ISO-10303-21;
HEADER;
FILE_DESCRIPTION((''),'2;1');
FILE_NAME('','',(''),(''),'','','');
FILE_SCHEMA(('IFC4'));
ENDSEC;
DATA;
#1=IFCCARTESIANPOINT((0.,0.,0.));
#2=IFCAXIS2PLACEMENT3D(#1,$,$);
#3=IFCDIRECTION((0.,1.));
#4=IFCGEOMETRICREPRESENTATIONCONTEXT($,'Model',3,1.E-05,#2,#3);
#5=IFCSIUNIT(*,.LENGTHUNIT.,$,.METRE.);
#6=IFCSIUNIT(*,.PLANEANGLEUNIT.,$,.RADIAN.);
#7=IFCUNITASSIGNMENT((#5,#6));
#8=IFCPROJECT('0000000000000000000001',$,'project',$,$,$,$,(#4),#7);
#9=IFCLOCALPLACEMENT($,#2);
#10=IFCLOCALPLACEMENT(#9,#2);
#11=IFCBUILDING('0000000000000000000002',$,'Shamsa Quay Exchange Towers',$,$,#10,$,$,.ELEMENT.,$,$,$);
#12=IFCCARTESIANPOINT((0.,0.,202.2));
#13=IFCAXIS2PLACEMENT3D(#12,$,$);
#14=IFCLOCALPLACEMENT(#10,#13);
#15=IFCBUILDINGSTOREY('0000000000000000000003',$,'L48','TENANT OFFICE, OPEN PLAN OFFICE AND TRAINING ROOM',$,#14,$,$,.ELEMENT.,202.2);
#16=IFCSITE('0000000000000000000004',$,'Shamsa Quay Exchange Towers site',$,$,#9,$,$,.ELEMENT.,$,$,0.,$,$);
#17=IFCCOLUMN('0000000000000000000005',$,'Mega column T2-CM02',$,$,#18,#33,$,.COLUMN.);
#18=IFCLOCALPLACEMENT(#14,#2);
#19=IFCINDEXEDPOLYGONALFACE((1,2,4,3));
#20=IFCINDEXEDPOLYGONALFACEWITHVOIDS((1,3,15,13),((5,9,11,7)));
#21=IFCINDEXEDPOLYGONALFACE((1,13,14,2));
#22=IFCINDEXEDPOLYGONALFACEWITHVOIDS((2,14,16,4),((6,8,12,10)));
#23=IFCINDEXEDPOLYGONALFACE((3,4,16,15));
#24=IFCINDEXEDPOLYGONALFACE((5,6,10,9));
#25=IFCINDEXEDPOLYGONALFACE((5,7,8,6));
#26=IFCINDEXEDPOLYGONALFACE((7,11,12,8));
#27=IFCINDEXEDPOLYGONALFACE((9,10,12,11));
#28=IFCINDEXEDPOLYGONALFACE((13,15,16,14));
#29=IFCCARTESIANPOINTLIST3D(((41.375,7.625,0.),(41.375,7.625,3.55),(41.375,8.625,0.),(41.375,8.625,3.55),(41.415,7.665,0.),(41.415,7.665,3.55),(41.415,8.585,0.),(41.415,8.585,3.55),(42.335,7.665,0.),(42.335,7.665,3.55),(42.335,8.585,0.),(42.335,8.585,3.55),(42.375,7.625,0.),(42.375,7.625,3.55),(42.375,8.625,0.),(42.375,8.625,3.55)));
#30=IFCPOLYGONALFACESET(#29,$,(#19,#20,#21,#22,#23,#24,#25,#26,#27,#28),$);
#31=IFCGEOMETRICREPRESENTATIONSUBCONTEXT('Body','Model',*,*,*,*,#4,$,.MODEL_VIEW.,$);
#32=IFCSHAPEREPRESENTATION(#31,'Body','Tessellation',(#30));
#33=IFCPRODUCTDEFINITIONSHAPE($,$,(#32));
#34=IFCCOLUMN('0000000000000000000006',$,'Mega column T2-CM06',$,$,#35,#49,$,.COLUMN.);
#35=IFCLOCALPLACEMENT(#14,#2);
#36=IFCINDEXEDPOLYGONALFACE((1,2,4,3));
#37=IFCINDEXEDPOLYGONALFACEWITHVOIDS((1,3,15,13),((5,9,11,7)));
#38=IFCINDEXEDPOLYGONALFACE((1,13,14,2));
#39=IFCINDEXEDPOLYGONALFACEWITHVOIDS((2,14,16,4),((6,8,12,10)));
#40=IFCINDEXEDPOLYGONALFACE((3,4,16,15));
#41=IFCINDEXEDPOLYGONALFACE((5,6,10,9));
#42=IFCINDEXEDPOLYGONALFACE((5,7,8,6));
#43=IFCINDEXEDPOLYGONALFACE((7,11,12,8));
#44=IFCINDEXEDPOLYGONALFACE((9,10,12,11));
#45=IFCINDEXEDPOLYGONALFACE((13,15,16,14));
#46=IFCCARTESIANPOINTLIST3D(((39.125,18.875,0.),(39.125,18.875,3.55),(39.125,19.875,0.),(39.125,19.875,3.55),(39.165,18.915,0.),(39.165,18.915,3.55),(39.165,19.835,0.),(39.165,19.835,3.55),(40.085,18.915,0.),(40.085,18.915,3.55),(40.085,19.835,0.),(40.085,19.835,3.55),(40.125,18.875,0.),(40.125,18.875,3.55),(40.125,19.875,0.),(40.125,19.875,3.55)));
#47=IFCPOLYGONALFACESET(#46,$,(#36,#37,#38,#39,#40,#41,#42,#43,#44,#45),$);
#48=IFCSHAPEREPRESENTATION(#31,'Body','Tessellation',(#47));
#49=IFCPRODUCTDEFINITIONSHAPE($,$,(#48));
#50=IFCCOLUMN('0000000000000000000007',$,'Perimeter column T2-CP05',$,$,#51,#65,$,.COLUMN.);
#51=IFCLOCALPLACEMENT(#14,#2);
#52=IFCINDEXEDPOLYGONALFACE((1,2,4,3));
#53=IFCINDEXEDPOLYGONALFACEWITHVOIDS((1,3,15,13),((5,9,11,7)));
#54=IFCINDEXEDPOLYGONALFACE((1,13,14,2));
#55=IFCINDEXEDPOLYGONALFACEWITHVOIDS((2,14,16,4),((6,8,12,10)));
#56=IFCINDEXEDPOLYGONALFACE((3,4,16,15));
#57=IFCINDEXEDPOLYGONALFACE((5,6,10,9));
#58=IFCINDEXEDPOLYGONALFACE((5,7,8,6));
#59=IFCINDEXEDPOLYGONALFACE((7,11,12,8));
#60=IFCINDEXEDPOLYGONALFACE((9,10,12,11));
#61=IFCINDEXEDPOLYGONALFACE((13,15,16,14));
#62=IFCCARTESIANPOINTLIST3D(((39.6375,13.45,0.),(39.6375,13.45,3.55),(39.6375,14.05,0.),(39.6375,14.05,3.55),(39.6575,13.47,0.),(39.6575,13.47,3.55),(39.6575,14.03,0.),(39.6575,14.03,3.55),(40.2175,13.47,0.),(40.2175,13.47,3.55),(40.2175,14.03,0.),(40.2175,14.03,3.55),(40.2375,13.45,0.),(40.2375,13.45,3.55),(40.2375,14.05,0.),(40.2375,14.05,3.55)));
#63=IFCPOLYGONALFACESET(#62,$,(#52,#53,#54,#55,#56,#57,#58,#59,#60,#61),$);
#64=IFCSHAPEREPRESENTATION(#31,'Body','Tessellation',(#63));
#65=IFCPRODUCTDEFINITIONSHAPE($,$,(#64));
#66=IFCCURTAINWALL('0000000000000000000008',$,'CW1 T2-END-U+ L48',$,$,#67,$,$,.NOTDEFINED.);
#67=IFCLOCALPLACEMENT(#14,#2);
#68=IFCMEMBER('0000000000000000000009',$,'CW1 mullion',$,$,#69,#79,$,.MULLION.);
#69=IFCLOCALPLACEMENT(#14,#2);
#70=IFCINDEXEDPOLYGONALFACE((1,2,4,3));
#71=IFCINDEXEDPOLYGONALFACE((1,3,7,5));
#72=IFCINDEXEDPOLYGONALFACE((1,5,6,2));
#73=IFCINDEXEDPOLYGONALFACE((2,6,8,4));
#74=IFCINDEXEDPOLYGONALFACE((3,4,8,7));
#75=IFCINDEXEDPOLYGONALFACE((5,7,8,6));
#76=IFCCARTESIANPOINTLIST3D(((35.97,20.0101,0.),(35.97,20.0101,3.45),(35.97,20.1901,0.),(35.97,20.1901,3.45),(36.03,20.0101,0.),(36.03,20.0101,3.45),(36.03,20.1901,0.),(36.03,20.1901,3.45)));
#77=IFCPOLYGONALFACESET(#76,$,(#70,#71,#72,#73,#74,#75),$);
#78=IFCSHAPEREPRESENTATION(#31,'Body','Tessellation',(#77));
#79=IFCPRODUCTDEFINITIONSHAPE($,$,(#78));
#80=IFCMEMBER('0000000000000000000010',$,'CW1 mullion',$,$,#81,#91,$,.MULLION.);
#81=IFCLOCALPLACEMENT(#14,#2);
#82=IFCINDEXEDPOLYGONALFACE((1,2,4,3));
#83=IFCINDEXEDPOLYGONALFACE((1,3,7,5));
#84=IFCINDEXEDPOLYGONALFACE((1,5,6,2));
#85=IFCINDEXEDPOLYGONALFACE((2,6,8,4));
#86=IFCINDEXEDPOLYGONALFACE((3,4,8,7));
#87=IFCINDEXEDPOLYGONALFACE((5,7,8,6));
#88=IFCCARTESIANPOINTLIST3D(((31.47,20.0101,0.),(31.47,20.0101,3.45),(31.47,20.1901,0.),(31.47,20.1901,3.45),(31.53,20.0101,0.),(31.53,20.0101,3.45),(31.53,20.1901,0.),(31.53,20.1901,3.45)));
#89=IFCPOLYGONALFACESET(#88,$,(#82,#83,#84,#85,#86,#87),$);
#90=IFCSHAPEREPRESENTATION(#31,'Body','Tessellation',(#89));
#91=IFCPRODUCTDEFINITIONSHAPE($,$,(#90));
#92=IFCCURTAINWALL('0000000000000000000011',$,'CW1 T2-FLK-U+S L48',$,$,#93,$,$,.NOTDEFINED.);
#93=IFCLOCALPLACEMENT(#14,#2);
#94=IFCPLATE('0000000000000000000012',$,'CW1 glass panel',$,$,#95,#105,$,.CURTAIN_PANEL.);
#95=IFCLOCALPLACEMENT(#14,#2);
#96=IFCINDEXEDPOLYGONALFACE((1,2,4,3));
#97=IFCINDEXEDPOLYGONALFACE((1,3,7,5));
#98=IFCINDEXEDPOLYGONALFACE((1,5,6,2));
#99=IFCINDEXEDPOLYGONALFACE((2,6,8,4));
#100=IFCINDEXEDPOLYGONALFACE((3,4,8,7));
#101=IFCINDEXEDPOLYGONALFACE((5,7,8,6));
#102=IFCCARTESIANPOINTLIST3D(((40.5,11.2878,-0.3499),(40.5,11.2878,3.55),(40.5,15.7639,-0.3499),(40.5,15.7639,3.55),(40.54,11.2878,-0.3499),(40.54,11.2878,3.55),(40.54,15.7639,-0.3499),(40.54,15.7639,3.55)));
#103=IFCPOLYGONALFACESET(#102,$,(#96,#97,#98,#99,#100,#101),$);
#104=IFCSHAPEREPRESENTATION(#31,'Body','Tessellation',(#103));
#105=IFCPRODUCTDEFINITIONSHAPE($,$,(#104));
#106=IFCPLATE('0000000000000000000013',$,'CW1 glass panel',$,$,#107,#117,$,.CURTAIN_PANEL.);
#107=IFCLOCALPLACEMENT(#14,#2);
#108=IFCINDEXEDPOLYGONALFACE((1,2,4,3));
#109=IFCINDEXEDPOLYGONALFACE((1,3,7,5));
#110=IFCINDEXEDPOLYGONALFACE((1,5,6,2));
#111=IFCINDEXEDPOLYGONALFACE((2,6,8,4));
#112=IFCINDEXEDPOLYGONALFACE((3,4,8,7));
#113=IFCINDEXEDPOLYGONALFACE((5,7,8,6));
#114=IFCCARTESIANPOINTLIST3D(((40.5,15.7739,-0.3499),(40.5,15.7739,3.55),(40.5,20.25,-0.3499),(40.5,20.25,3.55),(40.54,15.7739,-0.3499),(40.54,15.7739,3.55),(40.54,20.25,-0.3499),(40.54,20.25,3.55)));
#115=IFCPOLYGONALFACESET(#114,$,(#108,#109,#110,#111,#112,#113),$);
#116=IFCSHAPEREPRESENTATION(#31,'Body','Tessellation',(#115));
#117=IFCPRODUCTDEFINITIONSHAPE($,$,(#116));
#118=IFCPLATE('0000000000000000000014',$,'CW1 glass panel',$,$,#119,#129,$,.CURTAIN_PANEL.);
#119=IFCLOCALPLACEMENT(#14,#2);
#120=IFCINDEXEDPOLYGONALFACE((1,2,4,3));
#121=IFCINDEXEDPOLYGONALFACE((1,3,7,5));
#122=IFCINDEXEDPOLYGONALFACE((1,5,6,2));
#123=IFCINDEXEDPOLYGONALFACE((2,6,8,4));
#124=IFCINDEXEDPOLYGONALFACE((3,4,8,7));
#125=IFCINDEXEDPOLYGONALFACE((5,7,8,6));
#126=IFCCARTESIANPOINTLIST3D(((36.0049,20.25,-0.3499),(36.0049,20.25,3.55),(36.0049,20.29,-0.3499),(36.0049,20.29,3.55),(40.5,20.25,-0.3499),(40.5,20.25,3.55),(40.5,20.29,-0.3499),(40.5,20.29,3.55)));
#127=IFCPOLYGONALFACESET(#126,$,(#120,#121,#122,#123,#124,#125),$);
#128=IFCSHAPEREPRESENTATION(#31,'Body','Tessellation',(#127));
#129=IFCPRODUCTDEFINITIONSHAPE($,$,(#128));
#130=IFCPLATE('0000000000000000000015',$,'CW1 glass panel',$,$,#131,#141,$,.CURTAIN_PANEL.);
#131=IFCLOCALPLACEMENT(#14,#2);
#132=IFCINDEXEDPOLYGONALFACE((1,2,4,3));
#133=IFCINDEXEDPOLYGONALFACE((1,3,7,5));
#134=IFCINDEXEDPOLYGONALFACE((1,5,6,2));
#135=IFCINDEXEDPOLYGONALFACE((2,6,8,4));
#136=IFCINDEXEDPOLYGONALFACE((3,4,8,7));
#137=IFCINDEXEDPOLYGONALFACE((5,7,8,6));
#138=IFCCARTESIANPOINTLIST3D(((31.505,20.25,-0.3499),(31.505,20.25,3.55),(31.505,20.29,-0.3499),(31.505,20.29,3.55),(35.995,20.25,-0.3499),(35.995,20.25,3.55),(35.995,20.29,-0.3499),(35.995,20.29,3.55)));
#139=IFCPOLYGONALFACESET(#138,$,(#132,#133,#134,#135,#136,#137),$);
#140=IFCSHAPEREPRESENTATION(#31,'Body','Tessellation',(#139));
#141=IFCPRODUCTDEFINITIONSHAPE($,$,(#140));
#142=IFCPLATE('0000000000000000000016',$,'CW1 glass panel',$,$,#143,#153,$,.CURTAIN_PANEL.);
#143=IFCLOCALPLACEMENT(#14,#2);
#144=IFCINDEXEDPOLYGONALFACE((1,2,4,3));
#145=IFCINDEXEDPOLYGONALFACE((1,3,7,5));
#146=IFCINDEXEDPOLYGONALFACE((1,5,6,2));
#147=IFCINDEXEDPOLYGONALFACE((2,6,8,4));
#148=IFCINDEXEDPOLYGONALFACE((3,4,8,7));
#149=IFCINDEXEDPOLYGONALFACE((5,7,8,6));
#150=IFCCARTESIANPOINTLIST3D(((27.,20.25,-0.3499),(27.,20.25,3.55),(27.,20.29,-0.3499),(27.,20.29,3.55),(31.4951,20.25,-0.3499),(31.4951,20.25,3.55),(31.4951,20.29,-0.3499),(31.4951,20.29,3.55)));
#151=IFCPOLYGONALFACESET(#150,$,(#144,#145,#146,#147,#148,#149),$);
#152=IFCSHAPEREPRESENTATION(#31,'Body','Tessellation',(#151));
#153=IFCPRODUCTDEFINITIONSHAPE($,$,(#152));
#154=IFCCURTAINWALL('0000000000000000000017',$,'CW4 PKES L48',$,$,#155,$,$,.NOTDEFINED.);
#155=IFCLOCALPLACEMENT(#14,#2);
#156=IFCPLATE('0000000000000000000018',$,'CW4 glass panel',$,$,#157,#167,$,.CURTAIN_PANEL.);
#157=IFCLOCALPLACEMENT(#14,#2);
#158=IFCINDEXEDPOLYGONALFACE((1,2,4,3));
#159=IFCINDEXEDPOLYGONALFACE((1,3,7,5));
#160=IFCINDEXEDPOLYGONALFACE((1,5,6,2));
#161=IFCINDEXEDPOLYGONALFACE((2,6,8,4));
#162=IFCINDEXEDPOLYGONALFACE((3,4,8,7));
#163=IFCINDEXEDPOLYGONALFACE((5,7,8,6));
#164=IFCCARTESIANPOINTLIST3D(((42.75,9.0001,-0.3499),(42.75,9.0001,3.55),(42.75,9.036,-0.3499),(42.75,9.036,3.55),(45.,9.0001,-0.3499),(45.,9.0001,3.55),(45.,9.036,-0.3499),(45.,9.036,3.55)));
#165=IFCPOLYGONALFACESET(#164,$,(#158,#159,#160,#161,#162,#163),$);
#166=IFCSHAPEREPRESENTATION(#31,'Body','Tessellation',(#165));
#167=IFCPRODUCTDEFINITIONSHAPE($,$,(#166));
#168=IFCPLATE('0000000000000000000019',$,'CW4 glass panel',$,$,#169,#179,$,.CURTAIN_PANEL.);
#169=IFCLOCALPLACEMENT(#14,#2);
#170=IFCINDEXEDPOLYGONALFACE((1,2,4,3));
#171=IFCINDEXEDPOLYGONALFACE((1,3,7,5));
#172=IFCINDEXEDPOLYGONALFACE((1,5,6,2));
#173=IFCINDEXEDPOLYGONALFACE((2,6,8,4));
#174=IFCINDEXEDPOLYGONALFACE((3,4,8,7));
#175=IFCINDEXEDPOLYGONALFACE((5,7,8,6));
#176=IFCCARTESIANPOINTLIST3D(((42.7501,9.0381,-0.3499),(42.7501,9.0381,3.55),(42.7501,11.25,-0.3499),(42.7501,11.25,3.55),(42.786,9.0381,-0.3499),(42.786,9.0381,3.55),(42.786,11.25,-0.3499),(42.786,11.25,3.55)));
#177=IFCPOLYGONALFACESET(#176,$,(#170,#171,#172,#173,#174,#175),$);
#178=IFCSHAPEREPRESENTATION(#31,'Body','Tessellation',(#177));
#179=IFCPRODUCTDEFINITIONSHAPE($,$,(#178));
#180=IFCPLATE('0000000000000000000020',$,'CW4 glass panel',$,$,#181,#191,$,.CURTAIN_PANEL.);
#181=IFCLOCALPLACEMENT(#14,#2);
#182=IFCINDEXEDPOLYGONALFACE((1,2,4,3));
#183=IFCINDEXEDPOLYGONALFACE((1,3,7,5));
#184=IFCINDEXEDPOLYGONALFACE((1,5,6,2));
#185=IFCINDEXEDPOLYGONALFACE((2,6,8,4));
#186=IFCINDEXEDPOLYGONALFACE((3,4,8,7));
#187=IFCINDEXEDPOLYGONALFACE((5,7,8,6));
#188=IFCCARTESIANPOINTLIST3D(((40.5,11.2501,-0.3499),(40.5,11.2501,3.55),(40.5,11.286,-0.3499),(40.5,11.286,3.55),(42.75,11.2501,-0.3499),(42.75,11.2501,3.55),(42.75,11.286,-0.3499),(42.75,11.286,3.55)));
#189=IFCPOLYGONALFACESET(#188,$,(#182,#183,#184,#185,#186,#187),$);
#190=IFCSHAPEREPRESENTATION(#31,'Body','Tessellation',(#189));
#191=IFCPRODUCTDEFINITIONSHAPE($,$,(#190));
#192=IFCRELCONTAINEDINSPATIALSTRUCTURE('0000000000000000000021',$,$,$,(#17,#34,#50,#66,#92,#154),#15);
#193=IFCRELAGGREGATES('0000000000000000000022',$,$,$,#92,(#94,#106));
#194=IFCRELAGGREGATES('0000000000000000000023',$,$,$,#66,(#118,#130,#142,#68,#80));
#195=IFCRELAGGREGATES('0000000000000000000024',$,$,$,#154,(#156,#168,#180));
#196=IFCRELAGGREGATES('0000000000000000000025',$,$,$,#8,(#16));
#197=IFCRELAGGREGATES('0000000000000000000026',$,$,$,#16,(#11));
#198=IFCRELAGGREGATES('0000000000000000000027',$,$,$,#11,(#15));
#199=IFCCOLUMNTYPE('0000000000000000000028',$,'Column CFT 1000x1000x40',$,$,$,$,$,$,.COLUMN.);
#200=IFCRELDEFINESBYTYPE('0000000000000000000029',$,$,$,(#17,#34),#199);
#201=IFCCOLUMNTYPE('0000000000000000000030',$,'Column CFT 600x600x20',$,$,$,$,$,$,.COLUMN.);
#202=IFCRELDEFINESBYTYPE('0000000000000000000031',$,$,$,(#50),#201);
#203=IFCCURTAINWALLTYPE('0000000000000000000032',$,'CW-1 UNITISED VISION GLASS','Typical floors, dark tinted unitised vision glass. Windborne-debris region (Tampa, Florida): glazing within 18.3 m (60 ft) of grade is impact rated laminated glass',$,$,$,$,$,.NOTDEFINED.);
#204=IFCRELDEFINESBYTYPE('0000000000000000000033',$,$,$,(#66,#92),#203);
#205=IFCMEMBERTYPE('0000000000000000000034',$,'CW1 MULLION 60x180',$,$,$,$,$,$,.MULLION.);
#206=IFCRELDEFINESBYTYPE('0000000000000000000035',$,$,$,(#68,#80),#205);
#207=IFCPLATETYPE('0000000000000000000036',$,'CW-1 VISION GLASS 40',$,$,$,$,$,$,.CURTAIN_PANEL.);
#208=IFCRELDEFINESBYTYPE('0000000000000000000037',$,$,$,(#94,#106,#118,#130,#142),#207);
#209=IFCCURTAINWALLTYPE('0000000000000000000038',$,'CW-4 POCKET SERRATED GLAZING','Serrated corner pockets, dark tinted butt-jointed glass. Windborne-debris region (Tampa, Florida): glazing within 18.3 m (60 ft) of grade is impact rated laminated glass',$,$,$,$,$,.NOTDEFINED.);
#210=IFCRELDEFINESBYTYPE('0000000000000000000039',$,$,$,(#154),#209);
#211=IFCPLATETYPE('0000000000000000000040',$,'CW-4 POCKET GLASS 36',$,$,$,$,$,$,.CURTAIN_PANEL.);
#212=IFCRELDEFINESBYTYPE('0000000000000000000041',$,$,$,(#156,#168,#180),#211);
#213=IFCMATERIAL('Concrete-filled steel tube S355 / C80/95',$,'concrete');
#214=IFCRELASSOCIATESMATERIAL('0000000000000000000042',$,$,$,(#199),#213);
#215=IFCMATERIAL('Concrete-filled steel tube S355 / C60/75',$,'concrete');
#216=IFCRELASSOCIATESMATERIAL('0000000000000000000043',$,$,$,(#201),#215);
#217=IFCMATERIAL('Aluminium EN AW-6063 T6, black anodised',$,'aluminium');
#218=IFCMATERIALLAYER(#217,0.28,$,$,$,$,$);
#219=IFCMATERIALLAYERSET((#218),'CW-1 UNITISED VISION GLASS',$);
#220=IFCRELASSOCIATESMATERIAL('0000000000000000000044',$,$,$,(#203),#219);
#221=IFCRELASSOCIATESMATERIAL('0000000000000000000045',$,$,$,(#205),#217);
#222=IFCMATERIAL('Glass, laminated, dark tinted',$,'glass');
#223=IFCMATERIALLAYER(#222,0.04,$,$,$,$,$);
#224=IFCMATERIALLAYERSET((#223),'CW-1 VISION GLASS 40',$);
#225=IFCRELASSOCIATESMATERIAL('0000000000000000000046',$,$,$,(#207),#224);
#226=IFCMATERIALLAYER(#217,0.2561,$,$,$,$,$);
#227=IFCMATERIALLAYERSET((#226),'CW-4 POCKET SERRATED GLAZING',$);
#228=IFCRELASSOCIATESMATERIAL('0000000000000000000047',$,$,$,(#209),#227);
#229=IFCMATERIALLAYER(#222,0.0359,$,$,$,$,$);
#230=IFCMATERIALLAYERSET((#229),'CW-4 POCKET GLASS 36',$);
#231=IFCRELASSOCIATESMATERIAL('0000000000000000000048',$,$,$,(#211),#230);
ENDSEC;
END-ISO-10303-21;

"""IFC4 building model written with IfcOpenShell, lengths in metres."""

from ifc_helpers import new_model, si_unit, direction, frame, origin, origin_2d, place, context, subcontext, project, spatial, rectangle, hollow_rectangle, extrude, material, layer, layer_set, material_profile, profile_set, type_object, element, aggregate, save


model = new_model("IFC4")

# Units and contexts
model_context = context("Model", 3, precision=1e-05, world=origin(), true_north=direction((0.0, 1.0)))
body_context = subcontext(model_context, "Body", "Model", "MODEL_VIEW")
ifc_project = project(units=[si_unit("LENGTHUNIT", "METRE"), si_unit("PLANEANGLEUNIT", "RADIAN")], contexts=[model_context])

# Site, building, storey
site_placement = place(None, origin())
site = spatial("IfcSite", under=ifc_project, at=site_placement, Name="Shamsa Quay Exchange Towers site", CompositionType="ELEMENT", RefElevation=0.0)
building_placement = place(site_placement, origin())
building = spatial("IfcBuilding", under=site, at=building_placement, Name="Shamsa Quay Exchange Towers", CompositionType="ELEMENT")
storey_placement = place(building_placement, frame((0.0, 0.0, 202.2)))
storey = spatial("IfcBuildingStorey", under=building, at=storey_placement, Name="L48", Description="TENANT OFFICE, OPEN PLAN OFFICE AND TRAINING ROOM", CompositionType="ELEMENT", Elevation=202.2)

# Columns
ifc_material_1 = material(Name="Concrete-filled steel tube S355 / C80/95", Category="concrete")
ifc_material_profile_1 = material_profile(ifc_material_1, hollow_rectangle(XDim=1.0, YDim=1.0, WallThickness=0.04, at=origin_2d()), Name="CFT 1000x1000x40")
ifc_profile_set_1 = profile_set([ifc_material_profile_1], Name="Concrete-filled steel tube S355 / C80/95")
column_type_1 = type_object("IfcColumnType", Name="Column CFT 1000x1000x40", PredefinedType="COLUMN", material=ifc_profile_set_1)
for number, where, name in (
    (1, (41.875, 8.125, 0.0), "Mega column T2-CM02"),
    (2, (39.625, 19.375, 0.0), "Mega column T2-CM06"),
):
    element("IfcColumn", number, at=place(storey_placement, frame(where)), inside=storey, type_object=column_type_1, Name=name, PredefinedType="COLUMN", context=body_context, shape_type="SweptSolid", body=[
        extrude(hollow_rectangle(XDim=1.0, YDim=1.0, WallThickness=0.04, at=origin_2d()), origin(), (0.0, 0.0, 1.0), 3.55),
    ])
ifc_material_2 = material(Name="Concrete-filled steel tube S355 / C60/75", Category="concrete")
ifc_material_profile_2 = material_profile(ifc_material_2, hollow_rectangle(XDim=0.6001, YDim=0.6001, WallThickness=0.02, at=origin_2d()), Name="CFT 600x600x20")
ifc_profile_set_2 = profile_set([ifc_material_profile_2], Name="Concrete-filled steel tube S355 / C60/75")
column_type_2 = type_object("IfcColumnType", Name="Column CFT 600x600x20", PredefinedType="COLUMN", material=ifc_profile_set_2)
column_placement = place(storey_placement, frame((39.9375, 13.75, 0.0)))
element("IfcColumn", 3, at=column_placement, inside=storey, type_object=column_type_2, Name="Perimeter column T2-CP05", PredefinedType="COLUMN", context=body_context, shape_type="SweptSolid", body=[
    extrude(hollow_rectangle(XDim=0.6001, YDim=0.6001, WallThickness=0.02, at=origin_2d()), origin(), (0.0, 0.0, 1.0), 3.55),
])

# Curtain wall, members
ifc_material_3 = material(Name="Aluminium EN AW-6063 T6, black anodised", Category="aluminium")
ifc_layer_1 = layer(ifc_material_3, 0.28)
ifc_layer_set_1 = layer_set([ifc_layer_1], Name="CW-1 UNITISED VISION GLASS")
curtain_wall_type_1 = type_object("IfcCurtainWallType", Name="CW-1 UNITISED VISION GLASS", Description="Typical floors, dark tinted unitised vision glass. Windborne-debris region (Tampa, Florida): glazing within 18.3 m (60 ft) of grade is impact rated laminated glass", PredefinedType="NOTDEFINED", material=ifc_layer_set_1)
curtain_wall_1_placement = place(storey_placement, origin())
curtain_wall_1 = element("IfcCurtainWall", 4, at=curtain_wall_1_placement, inside=storey, type_object=curtain_wall_type_1, Name="CW1 T2-END-U+ L48", PredefinedType="NOTDEFINED")
ifc_material_profile_3 = material_profile(ifc_material_3, rectangle(XDim=0.1799, YDim=0.0601, at=origin_2d()), Name="MU60x180")
ifc_profile_set_3 = profile_set([ifc_material_profile_3], Name="Aluminium EN AW-6063 T6, black anodised")
member_type = type_object("IfcMemberType", Name="CW1 MULLION 60x180", PredefinedType="MULLION", material=ifc_profile_set_3)
member_1_placement = place(storey_placement, frame((36.0, 20.1001, 0.0), z_axis=(0.0, 0.0, 1.0), x_axis=(0.0, -1.0, 0.0)))
member_1 = element("IfcMember", 5, at=member_1_placement, type_object=member_type, Name="CW1 mullion", PredefinedType="MULLION", context=body_context, shape_type="SweptSolid", body=[
    extrude(rectangle(XDim=0.1799, YDim=0.0601, at=origin_2d()), origin(), (0.0, 0.0, 1.0), 3.45),
])
member_2_placement = place(storey_placement, frame((31.5, 20.1001, 0.0), z_axis=(0.0, 0.0, 1.0), x_axis=(0.0, -1.0, 0.0)))
member_2 = element("IfcMember", 6, at=member_2_placement, type_object=member_type, Name="CW1 mullion", PredefinedType="MULLION", context=body_context, shape_type="SweptSolid", body=[
    extrude(rectangle(XDim=0.1799, YDim=0.0601, at=origin_2d()), origin(), (0.0, 0.0, 1.0), 3.45),
])

# Curtain wall, plates
curtain_wall_2_placement = place(storey_placement, origin())
curtain_wall_2 = element("IfcCurtainWall", 7, at=curtain_wall_2_placement, inside=storey, type_object=curtain_wall_type_1, Name="CW1 T2-FLK-U+S L48", PredefinedType="NOTDEFINED")
ifc_material_4 = material(Name="Glass, laminated, dark tinted", Category="glass")
ifc_layer_2 = layer(ifc_material_4, 0.04)
ifc_layer_set_2 = layer_set([ifc_layer_2], Name="CW-1 VISION GLASS 40")
plate_type_1 = type_object("IfcPlateType", Name="CW-1 VISION GLASS 40", PredefinedType="CURTAIN_PANEL", material=ifc_layer_set_2)
plate_1_placement = place(storey_placement, frame((40.52, 13.5259, -0.3499), z_axis=(0.0, 0.0, 1.0), x_axis=(0.0, 1.0, 0.0)))
plate_1 = element("IfcPlate", 8, at=plate_1_placement, type_object=plate_type_1, Name="CW1 glass panel", PredefinedType="CURTAIN_PANEL", context=body_context, shape_type="SweptSolid", body=[
    extrude(rectangle(XDim=4.4761, YDim=0.04, at=origin_2d()), origin(), (0.0, 0.0, 1.0), 3.8999),
])
plate_2_placement = place(storey_placement, frame((40.52, 18.012, -0.3499), z_axis=(0.0, 0.0, 1.0), x_axis=(0.0, 1.0, 0.0)))
plate_2 = element("IfcPlate", 9, at=plate_2_placement, type_object=plate_type_1, Name="CW1 glass panel", PredefinedType="CURTAIN_PANEL", context=body_context, shape_type="SweptSolid", body=[
    extrude(rectangle(XDim=4.4761, YDim=0.04, at=origin_2d()), origin(), (0.0, 0.0, 1.0), 3.8999),
])
aggregate(curtain_wall_2, [plate_1, plate_2])

# Plates
plate_3_placement = place(storey_placement, frame((38.2524, 20.27, -0.3499), z_axis=(0.0, 0.0, 1.0), x_axis=(-1.0, 0.0, 0.0)))
plate_3 = element("IfcPlate", 10, at=plate_3_placement, type_object=plate_type_1, Name="CW1 glass panel", PredefinedType="CURTAIN_PANEL", context=body_context, shape_type="SweptSolid", body=[
    extrude(rectangle(XDim=4.4951, YDim=0.04, at=origin_2d()), origin(), (0.0, 0.0, 1.0), 3.8999),
])
plate_4_placement = place(storey_placement, frame((33.75, 20.27, -0.3499), z_axis=(0.0, 0.0, 1.0), x_axis=(-1.0, 0.0, 0.0)))
plate_4 = element("IfcPlate", 11, at=plate_4_placement, type_object=plate_type_1, Name="CW1 glass panel", PredefinedType="CURTAIN_PANEL", context=body_context, shape_type="SweptSolid", body=[
    extrude(rectangle(XDim=4.49, YDim=0.04, at=origin_2d()), origin(), (0.0, 0.0, 1.0), 3.8999),
])
plate_5_placement = place(storey_placement, frame((29.2476, 20.27, -0.3499), z_axis=(0.0, 0.0, 1.0), x_axis=(-1.0, 0.0, 0.0)))
plate_5 = element("IfcPlate", 12, at=plate_5_placement, type_object=plate_type_1, Name="CW1 glass panel", PredefinedType="CURTAIN_PANEL", context=body_context, shape_type="SweptSolid", body=[
    extrude(rectangle(XDim=4.4951, YDim=0.04, at=origin_2d()), origin(), (0.0, 0.0, 1.0), 3.8999),
])
aggregate(curtain_wall_1, [plate_3, plate_4, plate_5, member_1, member_2])

# Curtain wall, plates
ifc_layer_3 = layer(ifc_material_3, 0.2561)
ifc_layer_set_3 = layer_set([ifc_layer_3], Name="CW-4 POCKET SERRATED GLAZING")
curtain_wall_type_2 = type_object("IfcCurtainWallType", Name="CW-4 POCKET SERRATED GLAZING", Description="Serrated corner pockets, dark tinted butt-jointed glass. Windborne-debris region (Tampa, Florida): glazing within 18.3 m (60 ft) of grade is impact rated laminated glass", PredefinedType="NOTDEFINED", material=ifc_layer_set_3)
curtain_wall_3_placement = place(storey_placement, origin())
curtain_wall_3 = element("IfcCurtainWall", 13, at=curtain_wall_3_placement, inside=storey, type_object=curtain_wall_type_2, Name="CW4 PKES L48", PredefinedType="NOTDEFINED")
ifc_layer_4 = layer(ifc_material_4, 0.0359)
ifc_layer_set_4 = layer_set([ifc_layer_4], Name="CW-4 POCKET GLASS 36")
plate_type_2 = type_object("IfcPlateType", Name="CW-4 POCKET GLASS 36", PredefinedType="CURTAIN_PANEL", material=ifc_layer_set_4)
plate_6_placement = place(storey_placement, frame((43.875, 9.0181, -0.3499), z_axis=(0.0, 0.0, 1.0), x_axis=(-1.0, 0.0, 0.0)))
plate_6 = element("IfcPlate", 14, at=plate_6_placement, type_object=plate_type_2, Name="CW4 glass panel", PredefinedType="CURTAIN_PANEL", context=body_context, shape_type="SweptSolid", body=[
    extrude(rectangle(XDim=2.25, YDim=0.0359, at=origin_2d()), origin(), (0.0, 0.0, 1.0), 3.8999),
])
plate_7_placement = place(storey_placement, frame((42.7681, 10.144, -0.3499), z_axis=(0.0, 0.0, 1.0), x_axis=(0.0, 1.0, 0.0)))
plate_7 = element("IfcPlate", 15, at=plate_7_placement, type_object=plate_type_2, Name="CW4 glass panel", PredefinedType="CURTAIN_PANEL", context=body_context, shape_type="SweptSolid", body=[
    extrude(rectangle(XDim=2.2119, YDim=0.0359, at=origin_2d()), origin(), (0.0, 0.0, 1.0), 3.8999),
])
plate_8_placement = place(storey_placement, frame((41.625, 11.2681, -0.3499), z_axis=(0.0, 0.0, 1.0), x_axis=(-1.0, 0.0, 0.0)))
plate_8 = element("IfcPlate", 16, at=plate_8_placement, type_object=plate_type_2, Name="CW4 glass panel", PredefinedType="CURTAIN_PANEL", context=body_context, shape_type="SweptSolid", body=[
    extrude(rectangle(XDim=2.25, YDim=0.0359, at=origin_2d()), origin(), (0.0, 0.0, 1.0), 3.8999),
])
aggregate(curtain_wall_3, [plate_6, plate_7, plate_8])

save(model, "model.ifc")
